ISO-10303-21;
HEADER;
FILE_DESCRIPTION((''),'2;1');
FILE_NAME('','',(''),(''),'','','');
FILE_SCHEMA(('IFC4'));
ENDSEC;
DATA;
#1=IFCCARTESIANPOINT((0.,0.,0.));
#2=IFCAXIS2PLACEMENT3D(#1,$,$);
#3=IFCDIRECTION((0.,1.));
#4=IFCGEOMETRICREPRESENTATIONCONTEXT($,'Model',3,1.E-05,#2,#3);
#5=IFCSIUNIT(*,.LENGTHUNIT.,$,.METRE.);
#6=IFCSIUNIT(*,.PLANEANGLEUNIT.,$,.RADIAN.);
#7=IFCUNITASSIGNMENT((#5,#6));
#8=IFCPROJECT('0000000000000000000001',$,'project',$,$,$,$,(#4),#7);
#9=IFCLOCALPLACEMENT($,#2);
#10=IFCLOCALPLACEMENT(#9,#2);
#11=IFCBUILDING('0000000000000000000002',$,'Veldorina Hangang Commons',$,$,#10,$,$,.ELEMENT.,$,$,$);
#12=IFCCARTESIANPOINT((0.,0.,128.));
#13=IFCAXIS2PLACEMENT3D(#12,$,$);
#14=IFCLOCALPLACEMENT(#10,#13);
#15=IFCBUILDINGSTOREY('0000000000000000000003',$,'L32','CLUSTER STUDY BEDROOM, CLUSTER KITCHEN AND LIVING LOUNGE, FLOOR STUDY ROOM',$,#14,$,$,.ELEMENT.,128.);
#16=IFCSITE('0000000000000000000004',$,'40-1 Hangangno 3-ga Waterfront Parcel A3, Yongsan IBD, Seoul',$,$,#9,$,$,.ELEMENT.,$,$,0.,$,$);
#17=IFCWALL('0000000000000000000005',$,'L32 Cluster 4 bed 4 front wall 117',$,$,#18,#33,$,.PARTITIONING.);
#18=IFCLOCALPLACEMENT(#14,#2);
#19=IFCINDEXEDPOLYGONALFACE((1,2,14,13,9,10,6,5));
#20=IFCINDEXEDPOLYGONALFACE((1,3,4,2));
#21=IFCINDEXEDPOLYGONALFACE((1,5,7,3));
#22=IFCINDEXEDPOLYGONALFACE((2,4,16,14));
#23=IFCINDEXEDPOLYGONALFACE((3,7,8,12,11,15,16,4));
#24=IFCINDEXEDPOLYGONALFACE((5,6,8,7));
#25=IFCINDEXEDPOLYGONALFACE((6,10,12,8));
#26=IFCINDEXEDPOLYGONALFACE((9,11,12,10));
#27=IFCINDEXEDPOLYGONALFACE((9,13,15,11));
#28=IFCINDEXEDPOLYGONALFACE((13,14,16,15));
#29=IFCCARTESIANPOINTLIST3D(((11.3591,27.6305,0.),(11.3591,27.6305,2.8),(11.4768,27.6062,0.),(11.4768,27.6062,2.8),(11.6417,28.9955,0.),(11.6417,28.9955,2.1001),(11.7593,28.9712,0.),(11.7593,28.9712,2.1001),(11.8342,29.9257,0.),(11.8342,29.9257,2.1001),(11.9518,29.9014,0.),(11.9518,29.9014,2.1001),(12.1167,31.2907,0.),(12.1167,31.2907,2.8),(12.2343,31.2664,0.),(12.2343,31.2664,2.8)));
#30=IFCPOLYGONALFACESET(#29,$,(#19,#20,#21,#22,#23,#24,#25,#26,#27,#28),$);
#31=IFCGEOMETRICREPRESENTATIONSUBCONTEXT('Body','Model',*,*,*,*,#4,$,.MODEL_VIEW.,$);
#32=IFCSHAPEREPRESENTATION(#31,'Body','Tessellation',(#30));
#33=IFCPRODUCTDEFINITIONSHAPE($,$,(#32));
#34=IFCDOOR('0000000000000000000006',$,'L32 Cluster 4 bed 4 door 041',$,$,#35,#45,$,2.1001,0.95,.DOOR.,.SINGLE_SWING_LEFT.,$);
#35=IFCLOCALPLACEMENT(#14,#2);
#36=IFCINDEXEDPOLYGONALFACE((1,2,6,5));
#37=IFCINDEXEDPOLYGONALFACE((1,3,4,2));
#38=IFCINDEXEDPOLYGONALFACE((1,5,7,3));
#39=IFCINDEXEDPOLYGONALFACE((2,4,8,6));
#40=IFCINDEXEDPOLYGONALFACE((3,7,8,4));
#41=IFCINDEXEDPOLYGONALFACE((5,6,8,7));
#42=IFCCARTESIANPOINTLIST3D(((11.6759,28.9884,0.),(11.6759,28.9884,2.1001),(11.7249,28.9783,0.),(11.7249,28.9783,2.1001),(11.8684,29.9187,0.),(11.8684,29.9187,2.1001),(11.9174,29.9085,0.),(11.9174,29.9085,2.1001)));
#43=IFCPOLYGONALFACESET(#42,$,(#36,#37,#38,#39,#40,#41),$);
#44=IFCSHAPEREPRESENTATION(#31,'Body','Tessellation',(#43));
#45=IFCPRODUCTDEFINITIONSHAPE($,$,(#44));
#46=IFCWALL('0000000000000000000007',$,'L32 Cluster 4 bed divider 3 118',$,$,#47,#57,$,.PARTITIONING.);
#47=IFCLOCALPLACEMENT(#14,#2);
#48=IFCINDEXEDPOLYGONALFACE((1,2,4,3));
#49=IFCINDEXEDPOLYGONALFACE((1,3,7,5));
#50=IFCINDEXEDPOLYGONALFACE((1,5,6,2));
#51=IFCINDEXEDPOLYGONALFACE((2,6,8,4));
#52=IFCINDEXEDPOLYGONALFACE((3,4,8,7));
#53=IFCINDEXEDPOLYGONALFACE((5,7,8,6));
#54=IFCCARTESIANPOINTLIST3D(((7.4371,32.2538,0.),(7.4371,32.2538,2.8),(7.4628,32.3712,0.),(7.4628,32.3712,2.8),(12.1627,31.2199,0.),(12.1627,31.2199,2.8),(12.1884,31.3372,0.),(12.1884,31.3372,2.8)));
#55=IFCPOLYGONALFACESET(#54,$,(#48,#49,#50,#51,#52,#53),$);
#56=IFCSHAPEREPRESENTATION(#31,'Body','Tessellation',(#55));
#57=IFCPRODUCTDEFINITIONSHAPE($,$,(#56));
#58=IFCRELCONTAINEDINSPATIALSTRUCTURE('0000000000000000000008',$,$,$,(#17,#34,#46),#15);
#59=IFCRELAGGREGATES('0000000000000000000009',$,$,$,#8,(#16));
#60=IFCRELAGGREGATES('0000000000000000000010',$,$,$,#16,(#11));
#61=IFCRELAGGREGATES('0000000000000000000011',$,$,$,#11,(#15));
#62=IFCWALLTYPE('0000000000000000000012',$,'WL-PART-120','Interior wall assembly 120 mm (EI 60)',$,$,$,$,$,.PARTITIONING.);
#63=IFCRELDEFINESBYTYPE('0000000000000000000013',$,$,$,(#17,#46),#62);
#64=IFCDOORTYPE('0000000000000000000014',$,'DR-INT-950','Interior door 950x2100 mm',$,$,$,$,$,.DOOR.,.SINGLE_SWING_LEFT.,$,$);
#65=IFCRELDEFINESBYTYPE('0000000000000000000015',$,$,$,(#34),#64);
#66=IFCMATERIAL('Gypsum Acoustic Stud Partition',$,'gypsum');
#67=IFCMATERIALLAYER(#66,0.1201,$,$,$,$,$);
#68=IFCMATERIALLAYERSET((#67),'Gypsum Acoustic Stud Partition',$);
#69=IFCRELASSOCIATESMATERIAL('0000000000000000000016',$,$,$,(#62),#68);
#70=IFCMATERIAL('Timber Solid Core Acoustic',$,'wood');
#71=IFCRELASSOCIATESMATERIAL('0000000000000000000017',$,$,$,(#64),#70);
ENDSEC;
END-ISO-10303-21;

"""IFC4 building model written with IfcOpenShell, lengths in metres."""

from ifc_helpers import new_model, si_unit, direction, frame, frame_2d, origin, place, context, subcontext, project, spatial, rectangle, extrude, material, layer, layer_set, type_object, element, fill, save


model = new_model("IFC4")

# Units and contexts
model_context = context("Model", 3, precision=1e-05, world=origin(), true_north=direction((0.0, 1.0)))
body_context = subcontext(model_context, "Body", "Model", "MODEL_VIEW")
ifc_project = project(units=[si_unit("LENGTHUNIT", "METRE"), si_unit("PLANEANGLEUNIT", "RADIAN")], contexts=[model_context])

# Site, building, storey
site_placement = place(None, origin())
site = spatial("IfcSite", under=ifc_project, at=site_placement, Name="40-1 Hangangno 3-ga Waterfront Parcel A3, Yongsan IBD, Seoul", CompositionType="ELEMENT", RefElevation=0.0)
building_placement = place(site_placement, origin())
building = spatial("IfcBuilding", under=site, at=building_placement, Name="Veldorina Hangang Commons", CompositionType="ELEMENT")
storey_placement = place(building_placement, frame((0.0, 0.0, 128.0)))
storey = spatial("IfcBuildingStorey", under=building, at=storey_placement, Name="L32", Description="CLUSTER STUDY BEDROOM, CLUSTER KITCHEN AND LIVING LOUNGE, FLOOR STUDY ROOM", CompositionType="ELEMENT", Elevation=128.0)

# Wall, opening, door
ifc_material_1 = material(Name="Gypsum Acoustic Stud Partition", Category="gypsum")
ifc_layer_1 = layer(ifc_material_1, 0.1201)
ifc_layer_set_1 = layer_set([ifc_layer_1], Name="Gypsum Acoustic Stud Partition")
wall_type_1 = type_object("IfcWallType", Name="WL-PART-120", Description="Interior wall assembly 120 mm (EI 60)", PredefinedType="PARTITIONING", material=ifc_layer_set_1)
wall_1_placement = place(storey_placement, frame((12.1755, 31.2786, 0.0), z_axis=(0.0, 0.0, 1.0), x_axis=(-0.202681, -0.979245, 0.0)))
wall_1 = element("IfcWall", 1, at=wall_1_placement, inside=storey, type_object=wall_type_1, Name="L32 Cluster 4 bed 4 front wall 117", PredefinedType="PARTITIONING", context=body_context, shape_type="SweptSolid", body=[
    extrude(rectangle(XDim=3.7378, YDim=0.1201, at=frame_2d((1.8689, 0.0))), origin(), (0.0, 0.0, 1.0), 2.8),
])
opening_1_placement = place(wall_1_placement, frame((1.3938, 0.0, 0.0)))
opening_1 = element("IfcOpeningElement", 2, at=opening_1_placement, cuts=wall_1, PredefinedType="OPENING", context=body_context, shape_type="SweptSolid", body=[
    extrude(rectangle(XDim=0.95, YDim=2.1001, at=frame_2d((0.4751, 1.05))), frame((0.0, 0.0701, 0.0), z_axis=(0.0, -1.0, 0.0), x_axis=(1.0, 0.0, 0.0)), (0.0, 0.0, 1.0), 0.1401),
])
ifc_material_2 = material(Name="Timber Solid Core Acoustic", Category="wood")
door_type = type_object("IfcDoorType", Name="DR-INT-950", Description="Interior door 950x2100 mm", OperationType="SINGLE_SWING_LEFT", PredefinedType="DOOR", material=ifc_material_2)
door_placement = place(opening_1_placement, origin())
door = element("IfcDoor", 3, at=door_placement, inside=storey, type_object=door_type, Name="L32 Cluster 4 bed 4 door 041", OperationType="SINGLE_SWING_LEFT", OverallHeight=2.1001, OverallWidth=0.95, PredefinedType="DOOR", context=body_context, shape_type="SweptSolid", body=[
    extrude(rectangle(XDim=0.95, YDim=2.1001, at=frame_2d((0.4751, 1.05))), frame((0.0, 0.0249, 0.0), z_axis=(0.0, -1.0, 0.0), x_axis=(1.0, 0.0, 0.0)), (0.0, 0.0, 1.0), 0.05),
])
fill(opening_1, door)

# Wall
wall_2_placement = place(storey_placement, frame((12.1755, 31.2786, 0.0), z_axis=(0.0, 0.0, 1.0), x_axis=(-0.976891, 0.213739, 0.0)))
element("IfcWall", 4, at=wall_2_placement, inside=storey, type_object=wall_type_1, Name="L32 Cluster 4 bed divider 3 118", PredefinedType="PARTITIONING", context=body_context, shape_type="SweptSolid", body=[
    extrude(rectangle(XDim=4.8374, YDim=0.1201, at=frame_2d((2.4187, 0.0))), origin(), (0.0, 0.0, 1.0), 2.8),
])

save(model, "model.ifc")
